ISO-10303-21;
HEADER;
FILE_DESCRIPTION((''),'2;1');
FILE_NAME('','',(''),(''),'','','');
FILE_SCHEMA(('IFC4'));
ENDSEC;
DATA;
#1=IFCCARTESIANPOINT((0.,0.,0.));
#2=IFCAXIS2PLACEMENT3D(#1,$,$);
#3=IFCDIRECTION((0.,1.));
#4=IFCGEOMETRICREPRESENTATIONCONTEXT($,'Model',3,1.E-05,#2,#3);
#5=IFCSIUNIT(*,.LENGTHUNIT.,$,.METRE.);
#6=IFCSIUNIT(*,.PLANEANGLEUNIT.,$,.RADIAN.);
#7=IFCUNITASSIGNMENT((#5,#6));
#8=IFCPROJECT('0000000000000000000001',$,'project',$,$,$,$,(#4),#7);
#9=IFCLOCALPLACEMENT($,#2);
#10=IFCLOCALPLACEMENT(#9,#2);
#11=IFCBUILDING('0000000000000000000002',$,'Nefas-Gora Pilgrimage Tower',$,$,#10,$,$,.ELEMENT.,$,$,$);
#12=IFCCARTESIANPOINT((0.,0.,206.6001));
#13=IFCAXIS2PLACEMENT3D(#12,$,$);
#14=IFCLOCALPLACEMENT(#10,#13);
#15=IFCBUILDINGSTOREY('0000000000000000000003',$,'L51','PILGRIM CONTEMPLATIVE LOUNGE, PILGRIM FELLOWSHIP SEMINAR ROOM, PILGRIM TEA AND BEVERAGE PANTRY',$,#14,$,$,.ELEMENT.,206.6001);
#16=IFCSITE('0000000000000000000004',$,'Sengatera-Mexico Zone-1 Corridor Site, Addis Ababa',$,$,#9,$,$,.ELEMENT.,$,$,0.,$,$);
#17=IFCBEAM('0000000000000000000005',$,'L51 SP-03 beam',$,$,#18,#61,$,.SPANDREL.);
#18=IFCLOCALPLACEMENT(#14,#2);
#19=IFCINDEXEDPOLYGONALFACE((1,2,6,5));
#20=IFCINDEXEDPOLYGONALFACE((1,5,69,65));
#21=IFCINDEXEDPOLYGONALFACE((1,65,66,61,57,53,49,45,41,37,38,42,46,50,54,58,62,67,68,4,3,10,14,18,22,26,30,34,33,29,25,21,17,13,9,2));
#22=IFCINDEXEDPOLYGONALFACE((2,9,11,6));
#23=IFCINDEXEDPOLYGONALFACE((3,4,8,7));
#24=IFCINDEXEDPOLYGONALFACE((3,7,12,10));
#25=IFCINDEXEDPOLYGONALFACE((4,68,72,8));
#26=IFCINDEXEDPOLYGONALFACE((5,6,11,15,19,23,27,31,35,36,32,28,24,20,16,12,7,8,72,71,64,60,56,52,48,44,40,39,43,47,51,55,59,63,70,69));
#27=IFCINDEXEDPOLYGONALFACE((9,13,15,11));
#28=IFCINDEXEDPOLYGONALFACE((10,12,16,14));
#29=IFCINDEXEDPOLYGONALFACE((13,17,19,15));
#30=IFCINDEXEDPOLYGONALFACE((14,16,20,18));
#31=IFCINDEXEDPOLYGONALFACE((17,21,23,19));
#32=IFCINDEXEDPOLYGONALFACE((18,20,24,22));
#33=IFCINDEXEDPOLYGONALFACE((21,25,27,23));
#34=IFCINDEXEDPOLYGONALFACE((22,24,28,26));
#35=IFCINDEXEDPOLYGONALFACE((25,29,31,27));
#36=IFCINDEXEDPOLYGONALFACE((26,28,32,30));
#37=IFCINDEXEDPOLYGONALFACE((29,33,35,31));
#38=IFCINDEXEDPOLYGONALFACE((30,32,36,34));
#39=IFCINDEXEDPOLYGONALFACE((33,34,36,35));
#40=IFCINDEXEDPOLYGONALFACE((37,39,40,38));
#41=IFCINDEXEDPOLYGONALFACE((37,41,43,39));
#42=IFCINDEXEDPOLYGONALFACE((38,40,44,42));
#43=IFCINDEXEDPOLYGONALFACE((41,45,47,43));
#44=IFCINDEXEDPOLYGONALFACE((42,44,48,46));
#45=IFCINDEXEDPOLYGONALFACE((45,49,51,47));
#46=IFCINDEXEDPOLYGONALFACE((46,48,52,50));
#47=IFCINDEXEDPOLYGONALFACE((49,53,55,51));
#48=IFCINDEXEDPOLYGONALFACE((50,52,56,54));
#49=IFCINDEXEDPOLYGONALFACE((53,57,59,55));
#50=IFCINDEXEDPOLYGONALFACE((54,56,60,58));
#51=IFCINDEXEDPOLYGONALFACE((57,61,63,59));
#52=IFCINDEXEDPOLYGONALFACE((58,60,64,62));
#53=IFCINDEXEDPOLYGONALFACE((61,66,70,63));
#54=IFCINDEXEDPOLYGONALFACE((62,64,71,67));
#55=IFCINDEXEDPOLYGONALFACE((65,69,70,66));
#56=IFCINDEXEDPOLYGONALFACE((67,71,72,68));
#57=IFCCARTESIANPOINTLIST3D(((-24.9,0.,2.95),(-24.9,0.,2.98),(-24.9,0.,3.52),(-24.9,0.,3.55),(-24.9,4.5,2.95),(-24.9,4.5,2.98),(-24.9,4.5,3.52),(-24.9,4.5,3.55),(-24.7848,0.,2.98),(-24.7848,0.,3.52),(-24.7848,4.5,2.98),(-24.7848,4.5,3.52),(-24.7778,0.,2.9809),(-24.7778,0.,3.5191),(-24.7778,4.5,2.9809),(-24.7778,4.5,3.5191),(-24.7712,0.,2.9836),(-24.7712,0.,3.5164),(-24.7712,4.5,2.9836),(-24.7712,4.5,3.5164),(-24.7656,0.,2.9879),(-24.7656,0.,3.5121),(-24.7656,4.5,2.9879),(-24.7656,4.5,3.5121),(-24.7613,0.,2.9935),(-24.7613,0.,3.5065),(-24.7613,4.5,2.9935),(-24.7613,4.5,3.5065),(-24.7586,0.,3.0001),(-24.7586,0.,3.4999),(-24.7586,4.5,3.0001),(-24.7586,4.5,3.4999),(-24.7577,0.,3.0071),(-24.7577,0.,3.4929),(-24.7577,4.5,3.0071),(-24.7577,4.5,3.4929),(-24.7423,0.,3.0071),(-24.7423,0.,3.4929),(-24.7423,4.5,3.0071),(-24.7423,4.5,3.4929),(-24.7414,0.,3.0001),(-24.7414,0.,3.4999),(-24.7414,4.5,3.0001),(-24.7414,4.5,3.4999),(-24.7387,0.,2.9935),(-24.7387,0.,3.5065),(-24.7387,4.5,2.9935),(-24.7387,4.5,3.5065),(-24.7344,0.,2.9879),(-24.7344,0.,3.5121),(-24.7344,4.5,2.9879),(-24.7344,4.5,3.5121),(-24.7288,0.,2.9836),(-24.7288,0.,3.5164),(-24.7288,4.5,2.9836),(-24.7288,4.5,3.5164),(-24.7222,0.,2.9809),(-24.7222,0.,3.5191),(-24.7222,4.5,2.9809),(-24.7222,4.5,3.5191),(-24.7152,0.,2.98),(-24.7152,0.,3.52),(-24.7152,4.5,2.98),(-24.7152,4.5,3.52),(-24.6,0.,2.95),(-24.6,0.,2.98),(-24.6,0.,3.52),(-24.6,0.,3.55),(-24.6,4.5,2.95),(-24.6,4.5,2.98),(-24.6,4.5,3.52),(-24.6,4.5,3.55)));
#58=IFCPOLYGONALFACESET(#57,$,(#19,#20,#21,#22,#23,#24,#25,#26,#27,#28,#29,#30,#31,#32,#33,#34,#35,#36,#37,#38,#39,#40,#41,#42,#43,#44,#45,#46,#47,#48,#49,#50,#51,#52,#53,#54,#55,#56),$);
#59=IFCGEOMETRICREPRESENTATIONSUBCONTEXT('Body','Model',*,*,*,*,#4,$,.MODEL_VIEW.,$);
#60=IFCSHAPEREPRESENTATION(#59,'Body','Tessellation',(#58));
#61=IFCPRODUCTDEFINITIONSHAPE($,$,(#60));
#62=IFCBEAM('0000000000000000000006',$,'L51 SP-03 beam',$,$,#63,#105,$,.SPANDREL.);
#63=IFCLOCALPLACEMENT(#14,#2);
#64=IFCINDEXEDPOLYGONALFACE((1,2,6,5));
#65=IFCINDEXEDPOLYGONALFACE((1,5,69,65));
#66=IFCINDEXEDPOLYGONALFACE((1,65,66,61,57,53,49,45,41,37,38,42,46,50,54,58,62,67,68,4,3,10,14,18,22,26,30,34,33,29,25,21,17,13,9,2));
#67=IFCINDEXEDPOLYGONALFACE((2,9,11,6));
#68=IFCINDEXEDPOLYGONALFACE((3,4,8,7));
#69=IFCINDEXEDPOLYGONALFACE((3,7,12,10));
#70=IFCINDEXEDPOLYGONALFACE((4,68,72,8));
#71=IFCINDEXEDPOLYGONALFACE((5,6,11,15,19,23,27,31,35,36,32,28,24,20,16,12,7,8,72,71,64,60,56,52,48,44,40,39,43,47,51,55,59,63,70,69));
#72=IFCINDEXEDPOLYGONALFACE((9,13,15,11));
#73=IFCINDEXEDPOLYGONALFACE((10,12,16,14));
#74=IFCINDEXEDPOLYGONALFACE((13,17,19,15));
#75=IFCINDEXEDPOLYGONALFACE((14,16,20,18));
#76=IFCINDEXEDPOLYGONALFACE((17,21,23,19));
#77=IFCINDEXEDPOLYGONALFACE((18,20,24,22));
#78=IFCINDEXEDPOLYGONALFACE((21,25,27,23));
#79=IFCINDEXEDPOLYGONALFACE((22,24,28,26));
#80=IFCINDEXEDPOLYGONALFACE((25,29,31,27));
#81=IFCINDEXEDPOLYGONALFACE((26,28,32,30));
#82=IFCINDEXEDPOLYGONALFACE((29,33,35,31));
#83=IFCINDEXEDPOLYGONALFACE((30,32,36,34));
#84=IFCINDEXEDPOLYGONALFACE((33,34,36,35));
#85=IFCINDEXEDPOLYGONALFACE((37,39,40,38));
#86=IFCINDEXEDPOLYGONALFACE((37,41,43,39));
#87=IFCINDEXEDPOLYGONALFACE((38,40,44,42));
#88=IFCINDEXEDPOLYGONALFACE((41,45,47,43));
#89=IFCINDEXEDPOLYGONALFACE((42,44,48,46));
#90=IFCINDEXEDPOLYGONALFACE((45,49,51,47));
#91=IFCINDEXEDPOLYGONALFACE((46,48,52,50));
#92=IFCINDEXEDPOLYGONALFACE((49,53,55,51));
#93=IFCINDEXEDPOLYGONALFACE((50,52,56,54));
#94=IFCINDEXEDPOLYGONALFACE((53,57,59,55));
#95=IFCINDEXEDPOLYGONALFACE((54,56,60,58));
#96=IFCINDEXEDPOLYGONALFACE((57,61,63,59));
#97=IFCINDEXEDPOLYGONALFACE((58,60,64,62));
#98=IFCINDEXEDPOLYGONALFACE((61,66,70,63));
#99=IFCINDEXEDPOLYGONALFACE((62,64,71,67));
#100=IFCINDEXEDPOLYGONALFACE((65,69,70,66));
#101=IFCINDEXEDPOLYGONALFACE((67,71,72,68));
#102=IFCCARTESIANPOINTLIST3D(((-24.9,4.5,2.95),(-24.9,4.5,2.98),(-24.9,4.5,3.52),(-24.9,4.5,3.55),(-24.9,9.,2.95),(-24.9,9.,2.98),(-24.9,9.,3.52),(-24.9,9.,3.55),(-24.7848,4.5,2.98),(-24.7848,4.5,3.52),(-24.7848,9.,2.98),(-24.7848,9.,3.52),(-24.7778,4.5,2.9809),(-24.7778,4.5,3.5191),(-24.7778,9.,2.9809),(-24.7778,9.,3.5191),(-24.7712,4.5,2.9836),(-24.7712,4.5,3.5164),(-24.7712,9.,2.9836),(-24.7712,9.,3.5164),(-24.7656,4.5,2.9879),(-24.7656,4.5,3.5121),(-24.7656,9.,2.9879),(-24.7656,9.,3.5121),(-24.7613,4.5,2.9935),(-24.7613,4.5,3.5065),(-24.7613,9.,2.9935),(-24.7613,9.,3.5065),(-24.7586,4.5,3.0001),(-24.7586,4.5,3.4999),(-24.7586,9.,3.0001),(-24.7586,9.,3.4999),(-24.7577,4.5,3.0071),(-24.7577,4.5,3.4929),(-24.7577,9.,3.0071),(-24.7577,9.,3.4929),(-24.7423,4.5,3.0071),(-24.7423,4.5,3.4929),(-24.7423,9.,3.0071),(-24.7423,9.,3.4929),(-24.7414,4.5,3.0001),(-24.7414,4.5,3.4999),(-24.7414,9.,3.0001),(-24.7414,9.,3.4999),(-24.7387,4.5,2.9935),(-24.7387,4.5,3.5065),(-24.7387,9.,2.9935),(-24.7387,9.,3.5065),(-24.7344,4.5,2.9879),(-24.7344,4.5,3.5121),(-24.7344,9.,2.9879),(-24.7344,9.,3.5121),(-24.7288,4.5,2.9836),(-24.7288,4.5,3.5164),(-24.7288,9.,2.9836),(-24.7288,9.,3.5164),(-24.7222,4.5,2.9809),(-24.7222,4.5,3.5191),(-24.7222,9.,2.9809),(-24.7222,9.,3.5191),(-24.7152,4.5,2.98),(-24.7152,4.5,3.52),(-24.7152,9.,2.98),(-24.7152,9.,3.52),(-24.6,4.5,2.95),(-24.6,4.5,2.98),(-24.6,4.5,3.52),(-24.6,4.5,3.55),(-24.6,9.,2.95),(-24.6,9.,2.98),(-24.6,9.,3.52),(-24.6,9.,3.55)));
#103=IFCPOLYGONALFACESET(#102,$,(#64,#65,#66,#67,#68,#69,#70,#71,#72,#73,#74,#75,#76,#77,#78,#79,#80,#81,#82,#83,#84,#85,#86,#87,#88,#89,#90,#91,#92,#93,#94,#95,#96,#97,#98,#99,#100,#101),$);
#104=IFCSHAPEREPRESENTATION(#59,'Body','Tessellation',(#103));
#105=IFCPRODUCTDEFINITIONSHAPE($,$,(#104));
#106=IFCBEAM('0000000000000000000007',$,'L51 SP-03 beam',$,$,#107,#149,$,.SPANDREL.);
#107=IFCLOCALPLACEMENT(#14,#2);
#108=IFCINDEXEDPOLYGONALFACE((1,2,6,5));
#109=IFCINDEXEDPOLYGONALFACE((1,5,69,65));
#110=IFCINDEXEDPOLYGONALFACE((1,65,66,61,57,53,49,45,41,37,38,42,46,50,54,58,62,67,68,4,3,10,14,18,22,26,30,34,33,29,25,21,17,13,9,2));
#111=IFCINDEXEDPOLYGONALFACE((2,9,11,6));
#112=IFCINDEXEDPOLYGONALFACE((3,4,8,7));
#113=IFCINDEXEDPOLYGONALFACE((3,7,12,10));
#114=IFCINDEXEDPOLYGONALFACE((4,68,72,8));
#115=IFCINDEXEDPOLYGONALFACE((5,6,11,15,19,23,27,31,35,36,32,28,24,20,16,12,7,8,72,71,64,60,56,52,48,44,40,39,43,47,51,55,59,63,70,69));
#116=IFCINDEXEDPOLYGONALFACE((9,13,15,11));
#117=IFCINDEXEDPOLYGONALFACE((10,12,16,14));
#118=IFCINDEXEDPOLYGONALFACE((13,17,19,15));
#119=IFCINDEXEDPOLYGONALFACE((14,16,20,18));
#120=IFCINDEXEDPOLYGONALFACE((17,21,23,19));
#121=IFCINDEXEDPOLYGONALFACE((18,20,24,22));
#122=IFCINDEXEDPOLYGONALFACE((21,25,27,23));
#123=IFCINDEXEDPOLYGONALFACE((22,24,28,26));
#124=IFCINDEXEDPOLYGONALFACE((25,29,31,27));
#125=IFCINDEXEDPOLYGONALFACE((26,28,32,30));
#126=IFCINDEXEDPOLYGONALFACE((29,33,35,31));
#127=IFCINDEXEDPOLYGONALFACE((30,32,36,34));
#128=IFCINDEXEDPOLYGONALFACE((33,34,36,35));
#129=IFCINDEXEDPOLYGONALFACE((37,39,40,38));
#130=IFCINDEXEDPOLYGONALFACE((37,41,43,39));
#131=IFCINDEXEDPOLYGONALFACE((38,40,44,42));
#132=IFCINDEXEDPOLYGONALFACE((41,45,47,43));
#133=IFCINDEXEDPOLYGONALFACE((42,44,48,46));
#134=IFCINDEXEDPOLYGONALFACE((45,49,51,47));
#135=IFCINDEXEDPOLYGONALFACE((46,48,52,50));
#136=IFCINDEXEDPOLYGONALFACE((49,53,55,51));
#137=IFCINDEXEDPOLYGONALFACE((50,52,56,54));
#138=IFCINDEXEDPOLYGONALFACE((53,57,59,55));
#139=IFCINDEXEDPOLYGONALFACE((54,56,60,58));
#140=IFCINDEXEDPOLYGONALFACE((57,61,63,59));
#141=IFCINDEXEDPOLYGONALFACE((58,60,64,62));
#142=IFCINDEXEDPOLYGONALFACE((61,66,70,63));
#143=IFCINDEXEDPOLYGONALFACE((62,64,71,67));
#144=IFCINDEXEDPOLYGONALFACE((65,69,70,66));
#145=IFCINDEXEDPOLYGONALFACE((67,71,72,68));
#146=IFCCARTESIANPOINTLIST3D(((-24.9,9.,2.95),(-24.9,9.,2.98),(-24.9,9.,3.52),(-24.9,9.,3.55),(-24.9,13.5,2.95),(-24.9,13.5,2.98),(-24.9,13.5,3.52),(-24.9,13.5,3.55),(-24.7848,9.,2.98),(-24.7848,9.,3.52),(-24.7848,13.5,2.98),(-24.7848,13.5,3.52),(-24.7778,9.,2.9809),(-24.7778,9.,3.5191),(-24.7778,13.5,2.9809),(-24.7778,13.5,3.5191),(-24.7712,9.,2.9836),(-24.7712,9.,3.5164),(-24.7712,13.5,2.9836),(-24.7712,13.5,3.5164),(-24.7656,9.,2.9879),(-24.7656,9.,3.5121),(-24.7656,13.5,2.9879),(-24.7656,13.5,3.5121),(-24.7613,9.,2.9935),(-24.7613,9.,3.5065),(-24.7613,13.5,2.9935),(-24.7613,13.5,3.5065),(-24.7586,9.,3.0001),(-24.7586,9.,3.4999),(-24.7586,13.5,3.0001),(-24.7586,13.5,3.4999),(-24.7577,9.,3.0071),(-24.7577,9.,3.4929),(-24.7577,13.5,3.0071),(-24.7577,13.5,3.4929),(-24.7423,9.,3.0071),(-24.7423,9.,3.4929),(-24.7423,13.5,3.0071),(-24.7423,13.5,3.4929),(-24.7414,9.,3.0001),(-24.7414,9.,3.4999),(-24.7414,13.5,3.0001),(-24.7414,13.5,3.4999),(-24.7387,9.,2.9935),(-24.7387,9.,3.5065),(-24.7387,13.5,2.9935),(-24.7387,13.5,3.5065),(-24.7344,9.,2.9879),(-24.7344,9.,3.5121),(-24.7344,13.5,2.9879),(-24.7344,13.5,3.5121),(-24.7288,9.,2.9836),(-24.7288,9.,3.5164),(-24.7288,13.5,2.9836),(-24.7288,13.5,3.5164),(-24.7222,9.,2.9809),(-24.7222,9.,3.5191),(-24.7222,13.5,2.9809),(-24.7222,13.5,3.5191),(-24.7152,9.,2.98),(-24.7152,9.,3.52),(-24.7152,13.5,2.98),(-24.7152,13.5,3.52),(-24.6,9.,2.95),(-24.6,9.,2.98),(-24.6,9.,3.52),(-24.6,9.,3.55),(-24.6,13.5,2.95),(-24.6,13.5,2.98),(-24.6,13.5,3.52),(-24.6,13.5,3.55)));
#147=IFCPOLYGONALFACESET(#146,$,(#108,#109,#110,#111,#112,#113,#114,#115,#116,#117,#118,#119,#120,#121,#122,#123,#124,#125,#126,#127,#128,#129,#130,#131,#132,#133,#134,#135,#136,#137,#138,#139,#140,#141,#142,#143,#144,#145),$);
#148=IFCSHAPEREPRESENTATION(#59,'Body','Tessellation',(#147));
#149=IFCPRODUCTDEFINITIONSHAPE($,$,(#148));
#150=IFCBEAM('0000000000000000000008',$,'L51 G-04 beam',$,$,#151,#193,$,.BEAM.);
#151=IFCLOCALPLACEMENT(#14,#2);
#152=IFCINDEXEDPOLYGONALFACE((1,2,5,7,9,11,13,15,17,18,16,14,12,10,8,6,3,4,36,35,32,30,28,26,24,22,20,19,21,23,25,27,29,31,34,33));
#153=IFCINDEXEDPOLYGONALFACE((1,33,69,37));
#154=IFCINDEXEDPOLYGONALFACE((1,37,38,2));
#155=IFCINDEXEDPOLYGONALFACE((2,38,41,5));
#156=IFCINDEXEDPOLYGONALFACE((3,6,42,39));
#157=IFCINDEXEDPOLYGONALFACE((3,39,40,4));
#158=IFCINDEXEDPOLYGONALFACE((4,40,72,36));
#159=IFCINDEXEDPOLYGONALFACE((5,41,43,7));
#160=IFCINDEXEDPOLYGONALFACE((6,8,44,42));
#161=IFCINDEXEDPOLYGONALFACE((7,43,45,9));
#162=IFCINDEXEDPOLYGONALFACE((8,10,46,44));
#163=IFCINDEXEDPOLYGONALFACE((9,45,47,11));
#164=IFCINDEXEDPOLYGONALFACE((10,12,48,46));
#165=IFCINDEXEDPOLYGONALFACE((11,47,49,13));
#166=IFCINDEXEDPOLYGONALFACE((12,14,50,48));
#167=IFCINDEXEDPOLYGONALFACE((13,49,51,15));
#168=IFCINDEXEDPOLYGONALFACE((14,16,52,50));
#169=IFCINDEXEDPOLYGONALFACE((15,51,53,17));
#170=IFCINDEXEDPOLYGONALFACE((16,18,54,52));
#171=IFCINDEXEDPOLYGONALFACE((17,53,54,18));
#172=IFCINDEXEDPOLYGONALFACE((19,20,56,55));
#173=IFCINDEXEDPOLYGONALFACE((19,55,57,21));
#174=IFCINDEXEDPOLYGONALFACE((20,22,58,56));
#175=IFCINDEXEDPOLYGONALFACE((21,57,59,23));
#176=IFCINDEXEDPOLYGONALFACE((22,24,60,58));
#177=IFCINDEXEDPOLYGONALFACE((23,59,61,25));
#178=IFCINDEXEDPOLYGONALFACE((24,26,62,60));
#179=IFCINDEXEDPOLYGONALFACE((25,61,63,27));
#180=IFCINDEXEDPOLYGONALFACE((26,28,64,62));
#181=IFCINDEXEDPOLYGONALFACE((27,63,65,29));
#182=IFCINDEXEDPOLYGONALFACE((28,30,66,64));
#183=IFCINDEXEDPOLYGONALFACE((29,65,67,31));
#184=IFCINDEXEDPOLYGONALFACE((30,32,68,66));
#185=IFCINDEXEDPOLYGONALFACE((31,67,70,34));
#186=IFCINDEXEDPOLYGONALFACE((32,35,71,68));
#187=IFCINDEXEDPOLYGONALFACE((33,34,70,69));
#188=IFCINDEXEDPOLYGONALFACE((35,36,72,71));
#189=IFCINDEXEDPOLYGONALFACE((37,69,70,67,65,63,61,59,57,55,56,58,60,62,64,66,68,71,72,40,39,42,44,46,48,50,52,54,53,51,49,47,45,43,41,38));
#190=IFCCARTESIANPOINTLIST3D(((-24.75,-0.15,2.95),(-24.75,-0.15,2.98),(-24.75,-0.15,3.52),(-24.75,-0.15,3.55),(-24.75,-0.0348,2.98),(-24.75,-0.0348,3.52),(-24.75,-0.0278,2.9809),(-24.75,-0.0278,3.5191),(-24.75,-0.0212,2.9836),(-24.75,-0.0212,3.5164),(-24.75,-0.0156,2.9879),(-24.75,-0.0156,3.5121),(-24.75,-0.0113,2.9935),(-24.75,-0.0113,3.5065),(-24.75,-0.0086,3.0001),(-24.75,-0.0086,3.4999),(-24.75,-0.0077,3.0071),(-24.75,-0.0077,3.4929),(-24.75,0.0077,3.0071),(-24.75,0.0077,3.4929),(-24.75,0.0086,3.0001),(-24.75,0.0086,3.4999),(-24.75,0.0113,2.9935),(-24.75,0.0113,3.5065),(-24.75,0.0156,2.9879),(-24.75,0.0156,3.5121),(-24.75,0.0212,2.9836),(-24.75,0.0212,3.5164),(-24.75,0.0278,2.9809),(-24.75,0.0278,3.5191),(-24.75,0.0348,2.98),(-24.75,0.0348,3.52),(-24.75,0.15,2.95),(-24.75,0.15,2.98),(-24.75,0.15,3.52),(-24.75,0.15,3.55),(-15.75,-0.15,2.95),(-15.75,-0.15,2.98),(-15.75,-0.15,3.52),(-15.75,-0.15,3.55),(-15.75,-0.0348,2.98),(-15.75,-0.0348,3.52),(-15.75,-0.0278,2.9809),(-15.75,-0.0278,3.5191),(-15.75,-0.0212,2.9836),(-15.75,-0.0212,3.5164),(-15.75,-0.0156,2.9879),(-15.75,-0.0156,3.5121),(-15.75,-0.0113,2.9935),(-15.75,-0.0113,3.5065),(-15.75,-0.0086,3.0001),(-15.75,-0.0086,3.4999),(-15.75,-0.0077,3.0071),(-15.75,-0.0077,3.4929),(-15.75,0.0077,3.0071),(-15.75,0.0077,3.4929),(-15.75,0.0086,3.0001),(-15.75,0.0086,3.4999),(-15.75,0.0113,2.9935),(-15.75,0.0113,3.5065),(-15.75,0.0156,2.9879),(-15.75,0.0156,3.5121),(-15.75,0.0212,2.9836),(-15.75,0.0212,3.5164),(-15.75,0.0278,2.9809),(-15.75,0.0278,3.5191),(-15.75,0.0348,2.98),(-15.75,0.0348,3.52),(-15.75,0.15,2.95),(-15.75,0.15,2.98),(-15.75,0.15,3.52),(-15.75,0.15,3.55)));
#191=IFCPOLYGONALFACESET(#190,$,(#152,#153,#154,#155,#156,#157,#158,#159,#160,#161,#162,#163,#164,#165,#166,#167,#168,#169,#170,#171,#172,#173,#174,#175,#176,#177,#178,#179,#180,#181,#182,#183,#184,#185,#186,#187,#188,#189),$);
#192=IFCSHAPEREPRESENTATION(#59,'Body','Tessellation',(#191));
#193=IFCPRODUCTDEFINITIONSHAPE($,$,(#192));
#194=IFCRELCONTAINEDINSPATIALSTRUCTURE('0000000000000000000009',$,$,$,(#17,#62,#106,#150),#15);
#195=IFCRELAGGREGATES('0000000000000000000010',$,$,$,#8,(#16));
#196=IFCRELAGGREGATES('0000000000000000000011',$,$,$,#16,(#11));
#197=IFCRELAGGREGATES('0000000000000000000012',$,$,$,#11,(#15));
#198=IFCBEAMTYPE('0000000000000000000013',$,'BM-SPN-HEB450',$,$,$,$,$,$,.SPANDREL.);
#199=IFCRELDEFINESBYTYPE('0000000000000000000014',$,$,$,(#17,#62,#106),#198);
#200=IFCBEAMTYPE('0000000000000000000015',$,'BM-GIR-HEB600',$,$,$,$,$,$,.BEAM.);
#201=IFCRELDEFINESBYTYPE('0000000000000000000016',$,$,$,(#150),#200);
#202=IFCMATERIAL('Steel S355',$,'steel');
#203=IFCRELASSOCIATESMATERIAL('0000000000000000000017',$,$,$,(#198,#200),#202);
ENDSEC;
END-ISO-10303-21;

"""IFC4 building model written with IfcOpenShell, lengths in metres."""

from ifc_helpers import new_model, si_unit, direction, frame, origin, origin_2d, place, context, subcontext, project, spatial, i_section, extrude, source, transform, mapped, material, material_profile, profile_set, type_object, element, save


model = new_model("IFC4")

# Units and contexts
model_context = context("Model", 3, precision=1e-05, world=origin(), true_north=direction((0.0, 1.0)))
body_context = subcontext(model_context, "Body", "Model", "MODEL_VIEW")
ifc_project = project(units=[si_unit("LENGTHUNIT", "METRE"), si_unit("PLANEANGLEUNIT", "RADIAN")], contexts=[model_context])

# Site, building, storey
site_placement = place(None, origin())
site = spatial("IfcSite", under=ifc_project, at=site_placement, Name="Sengatera-Mexico Zone-1 Corridor Site, Addis Ababa", CompositionType="ELEMENT", RefElevation=0.0)
building_placement = place(site_placement, origin())
building = spatial("IfcBuilding", under=site, at=building_placement, Name="Nefas-Gora Pilgrimage Tower", CompositionType="ELEMENT")
storey_placement = place(building_placement, frame((0.0, 0.0, 206.6001)))
storey = spatial("IfcBuildingStorey", under=building, at=storey_placement, Name="L51", Description="PILGRIM CONTEMPLATIVE LOUNGE, PILGRIM FELLOWSHIP SEMINAR ROOM, PILGRIM TEA AND BEVERAGE PANTRY", CompositionType="ELEMENT", Elevation=206.6001)

# Beams
ifc_material_1 = material(Name="Steel S355", Category="steel")
ifc_material_profile_1 = material_profile(ifc_material_1, i_section(OverallWidth=0.3, OverallDepth=0.6001, WebThickness=0.0154, FlangeThickness=0.03, FilletRadius=0.0271, at=origin_2d()), Name="HEB 600")
ifc_profile_set_1 = profile_set([ifc_material_profile_1], Name="Steel S355")
beam_type_1 = type_object("IfcBeamType", Name="BM-SPN-HEB450", PredefinedType="SPANDREL", material=ifc_profile_set_1)
shared_shape_1 = source(origin(), body_context, "Body", "SweptSolid", [
    extrude(i_section(OverallWidth=0.3, OverallDepth=0.6001, WebThickness=0.0154, FlangeThickness=0.03, FilletRadius=0.0271, at=origin_2d()), origin(), (0.0, 0.0, 1.0), 4.5),
])
for number, where, z_axis, x_axis, name in (
    (1, (-24.75, 0.0, 3.25), (0.0, 1.0, 0.0), (-1.0, 0.0, 0.0), "L51 SP-03 beam"),
    (2, (-24.75, 4.5, 3.25), (0.0, 1.0, 0.0), (-1.0, 0.0, 0.0), "L51 SP-03 beam"),
    (3, (-24.75, 9.0, 3.25), (0.0, 1.0, 0.0), (-1.0, 0.0, 0.0), "L51 SP-03 beam"),
):
    element("IfcBeam", number, at=place(storey_placement, frame(where, z_axis=z_axis, x_axis=x_axis)), inside=storey, type_object=beam_type_1, Name=name, PredefinedType="SPANDREL", context=body_context, shape_type="MappedRepresentation", body=[
        mapped(shared_shape_1, transform((0.0, 0.0, 0.0), x_axis=(1.0, 0.0, 0.0), y_axis=(0.0, 1.0, 0.0), z_axis=(0.0, 0.0, 1.0), scale=1.0)),
    ])
ifc_material_profile_2 = material_profile(ifc_material_1, i_section(OverallWidth=0.3, OverallDepth=0.6001, WebThickness=0.0154, FlangeThickness=0.03, FilletRadius=0.0271, at=origin_2d()), Name="HEB 600")
ifc_profile_set_2 = profile_set([ifc_material_profile_2], Name="Steel S355")
beam_type_2 = type_object("IfcBeamType", Name="BM-GIR-HEB600", PredefinedType="BEAM", material=ifc_profile_set_2)
shared_shape_2 = source(origin(), body_context, "Body", "SweptSolid", [
    extrude(i_section(OverallWidth=0.3, OverallDepth=0.6001, WebThickness=0.0154, FlangeThickness=0.03, FilletRadius=0.0271, at=origin_2d()), origin(), (0.0, 0.0, 1.0), 9.0),
])
for number, where, z_axis, x_axis, name in (
    (4, (-24.75, 0.0, 3.25), (1.0, 0.0, 0.0), (0.0, 1.0, 0.0), "L51 G-04 beam"),
):
    element("IfcBeam", number, at=place(storey_placement, frame(where, z_axis=z_axis, x_axis=x_axis)), inside=storey, type_object=beam_type_2, Name=name, PredefinedType="BEAM", context=body_context, shape_type="MappedRepresentation", body=[
        mapped(shared_shape_2, transform((0.0, 0.0, 0.0), x_axis=(1.0, 0.0, 0.0), y_axis=(0.0, 1.0, 0.0), z_axis=(0.0, 0.0, 1.0), scale=1.0)),
    ])

save(model, "model.ifc")
